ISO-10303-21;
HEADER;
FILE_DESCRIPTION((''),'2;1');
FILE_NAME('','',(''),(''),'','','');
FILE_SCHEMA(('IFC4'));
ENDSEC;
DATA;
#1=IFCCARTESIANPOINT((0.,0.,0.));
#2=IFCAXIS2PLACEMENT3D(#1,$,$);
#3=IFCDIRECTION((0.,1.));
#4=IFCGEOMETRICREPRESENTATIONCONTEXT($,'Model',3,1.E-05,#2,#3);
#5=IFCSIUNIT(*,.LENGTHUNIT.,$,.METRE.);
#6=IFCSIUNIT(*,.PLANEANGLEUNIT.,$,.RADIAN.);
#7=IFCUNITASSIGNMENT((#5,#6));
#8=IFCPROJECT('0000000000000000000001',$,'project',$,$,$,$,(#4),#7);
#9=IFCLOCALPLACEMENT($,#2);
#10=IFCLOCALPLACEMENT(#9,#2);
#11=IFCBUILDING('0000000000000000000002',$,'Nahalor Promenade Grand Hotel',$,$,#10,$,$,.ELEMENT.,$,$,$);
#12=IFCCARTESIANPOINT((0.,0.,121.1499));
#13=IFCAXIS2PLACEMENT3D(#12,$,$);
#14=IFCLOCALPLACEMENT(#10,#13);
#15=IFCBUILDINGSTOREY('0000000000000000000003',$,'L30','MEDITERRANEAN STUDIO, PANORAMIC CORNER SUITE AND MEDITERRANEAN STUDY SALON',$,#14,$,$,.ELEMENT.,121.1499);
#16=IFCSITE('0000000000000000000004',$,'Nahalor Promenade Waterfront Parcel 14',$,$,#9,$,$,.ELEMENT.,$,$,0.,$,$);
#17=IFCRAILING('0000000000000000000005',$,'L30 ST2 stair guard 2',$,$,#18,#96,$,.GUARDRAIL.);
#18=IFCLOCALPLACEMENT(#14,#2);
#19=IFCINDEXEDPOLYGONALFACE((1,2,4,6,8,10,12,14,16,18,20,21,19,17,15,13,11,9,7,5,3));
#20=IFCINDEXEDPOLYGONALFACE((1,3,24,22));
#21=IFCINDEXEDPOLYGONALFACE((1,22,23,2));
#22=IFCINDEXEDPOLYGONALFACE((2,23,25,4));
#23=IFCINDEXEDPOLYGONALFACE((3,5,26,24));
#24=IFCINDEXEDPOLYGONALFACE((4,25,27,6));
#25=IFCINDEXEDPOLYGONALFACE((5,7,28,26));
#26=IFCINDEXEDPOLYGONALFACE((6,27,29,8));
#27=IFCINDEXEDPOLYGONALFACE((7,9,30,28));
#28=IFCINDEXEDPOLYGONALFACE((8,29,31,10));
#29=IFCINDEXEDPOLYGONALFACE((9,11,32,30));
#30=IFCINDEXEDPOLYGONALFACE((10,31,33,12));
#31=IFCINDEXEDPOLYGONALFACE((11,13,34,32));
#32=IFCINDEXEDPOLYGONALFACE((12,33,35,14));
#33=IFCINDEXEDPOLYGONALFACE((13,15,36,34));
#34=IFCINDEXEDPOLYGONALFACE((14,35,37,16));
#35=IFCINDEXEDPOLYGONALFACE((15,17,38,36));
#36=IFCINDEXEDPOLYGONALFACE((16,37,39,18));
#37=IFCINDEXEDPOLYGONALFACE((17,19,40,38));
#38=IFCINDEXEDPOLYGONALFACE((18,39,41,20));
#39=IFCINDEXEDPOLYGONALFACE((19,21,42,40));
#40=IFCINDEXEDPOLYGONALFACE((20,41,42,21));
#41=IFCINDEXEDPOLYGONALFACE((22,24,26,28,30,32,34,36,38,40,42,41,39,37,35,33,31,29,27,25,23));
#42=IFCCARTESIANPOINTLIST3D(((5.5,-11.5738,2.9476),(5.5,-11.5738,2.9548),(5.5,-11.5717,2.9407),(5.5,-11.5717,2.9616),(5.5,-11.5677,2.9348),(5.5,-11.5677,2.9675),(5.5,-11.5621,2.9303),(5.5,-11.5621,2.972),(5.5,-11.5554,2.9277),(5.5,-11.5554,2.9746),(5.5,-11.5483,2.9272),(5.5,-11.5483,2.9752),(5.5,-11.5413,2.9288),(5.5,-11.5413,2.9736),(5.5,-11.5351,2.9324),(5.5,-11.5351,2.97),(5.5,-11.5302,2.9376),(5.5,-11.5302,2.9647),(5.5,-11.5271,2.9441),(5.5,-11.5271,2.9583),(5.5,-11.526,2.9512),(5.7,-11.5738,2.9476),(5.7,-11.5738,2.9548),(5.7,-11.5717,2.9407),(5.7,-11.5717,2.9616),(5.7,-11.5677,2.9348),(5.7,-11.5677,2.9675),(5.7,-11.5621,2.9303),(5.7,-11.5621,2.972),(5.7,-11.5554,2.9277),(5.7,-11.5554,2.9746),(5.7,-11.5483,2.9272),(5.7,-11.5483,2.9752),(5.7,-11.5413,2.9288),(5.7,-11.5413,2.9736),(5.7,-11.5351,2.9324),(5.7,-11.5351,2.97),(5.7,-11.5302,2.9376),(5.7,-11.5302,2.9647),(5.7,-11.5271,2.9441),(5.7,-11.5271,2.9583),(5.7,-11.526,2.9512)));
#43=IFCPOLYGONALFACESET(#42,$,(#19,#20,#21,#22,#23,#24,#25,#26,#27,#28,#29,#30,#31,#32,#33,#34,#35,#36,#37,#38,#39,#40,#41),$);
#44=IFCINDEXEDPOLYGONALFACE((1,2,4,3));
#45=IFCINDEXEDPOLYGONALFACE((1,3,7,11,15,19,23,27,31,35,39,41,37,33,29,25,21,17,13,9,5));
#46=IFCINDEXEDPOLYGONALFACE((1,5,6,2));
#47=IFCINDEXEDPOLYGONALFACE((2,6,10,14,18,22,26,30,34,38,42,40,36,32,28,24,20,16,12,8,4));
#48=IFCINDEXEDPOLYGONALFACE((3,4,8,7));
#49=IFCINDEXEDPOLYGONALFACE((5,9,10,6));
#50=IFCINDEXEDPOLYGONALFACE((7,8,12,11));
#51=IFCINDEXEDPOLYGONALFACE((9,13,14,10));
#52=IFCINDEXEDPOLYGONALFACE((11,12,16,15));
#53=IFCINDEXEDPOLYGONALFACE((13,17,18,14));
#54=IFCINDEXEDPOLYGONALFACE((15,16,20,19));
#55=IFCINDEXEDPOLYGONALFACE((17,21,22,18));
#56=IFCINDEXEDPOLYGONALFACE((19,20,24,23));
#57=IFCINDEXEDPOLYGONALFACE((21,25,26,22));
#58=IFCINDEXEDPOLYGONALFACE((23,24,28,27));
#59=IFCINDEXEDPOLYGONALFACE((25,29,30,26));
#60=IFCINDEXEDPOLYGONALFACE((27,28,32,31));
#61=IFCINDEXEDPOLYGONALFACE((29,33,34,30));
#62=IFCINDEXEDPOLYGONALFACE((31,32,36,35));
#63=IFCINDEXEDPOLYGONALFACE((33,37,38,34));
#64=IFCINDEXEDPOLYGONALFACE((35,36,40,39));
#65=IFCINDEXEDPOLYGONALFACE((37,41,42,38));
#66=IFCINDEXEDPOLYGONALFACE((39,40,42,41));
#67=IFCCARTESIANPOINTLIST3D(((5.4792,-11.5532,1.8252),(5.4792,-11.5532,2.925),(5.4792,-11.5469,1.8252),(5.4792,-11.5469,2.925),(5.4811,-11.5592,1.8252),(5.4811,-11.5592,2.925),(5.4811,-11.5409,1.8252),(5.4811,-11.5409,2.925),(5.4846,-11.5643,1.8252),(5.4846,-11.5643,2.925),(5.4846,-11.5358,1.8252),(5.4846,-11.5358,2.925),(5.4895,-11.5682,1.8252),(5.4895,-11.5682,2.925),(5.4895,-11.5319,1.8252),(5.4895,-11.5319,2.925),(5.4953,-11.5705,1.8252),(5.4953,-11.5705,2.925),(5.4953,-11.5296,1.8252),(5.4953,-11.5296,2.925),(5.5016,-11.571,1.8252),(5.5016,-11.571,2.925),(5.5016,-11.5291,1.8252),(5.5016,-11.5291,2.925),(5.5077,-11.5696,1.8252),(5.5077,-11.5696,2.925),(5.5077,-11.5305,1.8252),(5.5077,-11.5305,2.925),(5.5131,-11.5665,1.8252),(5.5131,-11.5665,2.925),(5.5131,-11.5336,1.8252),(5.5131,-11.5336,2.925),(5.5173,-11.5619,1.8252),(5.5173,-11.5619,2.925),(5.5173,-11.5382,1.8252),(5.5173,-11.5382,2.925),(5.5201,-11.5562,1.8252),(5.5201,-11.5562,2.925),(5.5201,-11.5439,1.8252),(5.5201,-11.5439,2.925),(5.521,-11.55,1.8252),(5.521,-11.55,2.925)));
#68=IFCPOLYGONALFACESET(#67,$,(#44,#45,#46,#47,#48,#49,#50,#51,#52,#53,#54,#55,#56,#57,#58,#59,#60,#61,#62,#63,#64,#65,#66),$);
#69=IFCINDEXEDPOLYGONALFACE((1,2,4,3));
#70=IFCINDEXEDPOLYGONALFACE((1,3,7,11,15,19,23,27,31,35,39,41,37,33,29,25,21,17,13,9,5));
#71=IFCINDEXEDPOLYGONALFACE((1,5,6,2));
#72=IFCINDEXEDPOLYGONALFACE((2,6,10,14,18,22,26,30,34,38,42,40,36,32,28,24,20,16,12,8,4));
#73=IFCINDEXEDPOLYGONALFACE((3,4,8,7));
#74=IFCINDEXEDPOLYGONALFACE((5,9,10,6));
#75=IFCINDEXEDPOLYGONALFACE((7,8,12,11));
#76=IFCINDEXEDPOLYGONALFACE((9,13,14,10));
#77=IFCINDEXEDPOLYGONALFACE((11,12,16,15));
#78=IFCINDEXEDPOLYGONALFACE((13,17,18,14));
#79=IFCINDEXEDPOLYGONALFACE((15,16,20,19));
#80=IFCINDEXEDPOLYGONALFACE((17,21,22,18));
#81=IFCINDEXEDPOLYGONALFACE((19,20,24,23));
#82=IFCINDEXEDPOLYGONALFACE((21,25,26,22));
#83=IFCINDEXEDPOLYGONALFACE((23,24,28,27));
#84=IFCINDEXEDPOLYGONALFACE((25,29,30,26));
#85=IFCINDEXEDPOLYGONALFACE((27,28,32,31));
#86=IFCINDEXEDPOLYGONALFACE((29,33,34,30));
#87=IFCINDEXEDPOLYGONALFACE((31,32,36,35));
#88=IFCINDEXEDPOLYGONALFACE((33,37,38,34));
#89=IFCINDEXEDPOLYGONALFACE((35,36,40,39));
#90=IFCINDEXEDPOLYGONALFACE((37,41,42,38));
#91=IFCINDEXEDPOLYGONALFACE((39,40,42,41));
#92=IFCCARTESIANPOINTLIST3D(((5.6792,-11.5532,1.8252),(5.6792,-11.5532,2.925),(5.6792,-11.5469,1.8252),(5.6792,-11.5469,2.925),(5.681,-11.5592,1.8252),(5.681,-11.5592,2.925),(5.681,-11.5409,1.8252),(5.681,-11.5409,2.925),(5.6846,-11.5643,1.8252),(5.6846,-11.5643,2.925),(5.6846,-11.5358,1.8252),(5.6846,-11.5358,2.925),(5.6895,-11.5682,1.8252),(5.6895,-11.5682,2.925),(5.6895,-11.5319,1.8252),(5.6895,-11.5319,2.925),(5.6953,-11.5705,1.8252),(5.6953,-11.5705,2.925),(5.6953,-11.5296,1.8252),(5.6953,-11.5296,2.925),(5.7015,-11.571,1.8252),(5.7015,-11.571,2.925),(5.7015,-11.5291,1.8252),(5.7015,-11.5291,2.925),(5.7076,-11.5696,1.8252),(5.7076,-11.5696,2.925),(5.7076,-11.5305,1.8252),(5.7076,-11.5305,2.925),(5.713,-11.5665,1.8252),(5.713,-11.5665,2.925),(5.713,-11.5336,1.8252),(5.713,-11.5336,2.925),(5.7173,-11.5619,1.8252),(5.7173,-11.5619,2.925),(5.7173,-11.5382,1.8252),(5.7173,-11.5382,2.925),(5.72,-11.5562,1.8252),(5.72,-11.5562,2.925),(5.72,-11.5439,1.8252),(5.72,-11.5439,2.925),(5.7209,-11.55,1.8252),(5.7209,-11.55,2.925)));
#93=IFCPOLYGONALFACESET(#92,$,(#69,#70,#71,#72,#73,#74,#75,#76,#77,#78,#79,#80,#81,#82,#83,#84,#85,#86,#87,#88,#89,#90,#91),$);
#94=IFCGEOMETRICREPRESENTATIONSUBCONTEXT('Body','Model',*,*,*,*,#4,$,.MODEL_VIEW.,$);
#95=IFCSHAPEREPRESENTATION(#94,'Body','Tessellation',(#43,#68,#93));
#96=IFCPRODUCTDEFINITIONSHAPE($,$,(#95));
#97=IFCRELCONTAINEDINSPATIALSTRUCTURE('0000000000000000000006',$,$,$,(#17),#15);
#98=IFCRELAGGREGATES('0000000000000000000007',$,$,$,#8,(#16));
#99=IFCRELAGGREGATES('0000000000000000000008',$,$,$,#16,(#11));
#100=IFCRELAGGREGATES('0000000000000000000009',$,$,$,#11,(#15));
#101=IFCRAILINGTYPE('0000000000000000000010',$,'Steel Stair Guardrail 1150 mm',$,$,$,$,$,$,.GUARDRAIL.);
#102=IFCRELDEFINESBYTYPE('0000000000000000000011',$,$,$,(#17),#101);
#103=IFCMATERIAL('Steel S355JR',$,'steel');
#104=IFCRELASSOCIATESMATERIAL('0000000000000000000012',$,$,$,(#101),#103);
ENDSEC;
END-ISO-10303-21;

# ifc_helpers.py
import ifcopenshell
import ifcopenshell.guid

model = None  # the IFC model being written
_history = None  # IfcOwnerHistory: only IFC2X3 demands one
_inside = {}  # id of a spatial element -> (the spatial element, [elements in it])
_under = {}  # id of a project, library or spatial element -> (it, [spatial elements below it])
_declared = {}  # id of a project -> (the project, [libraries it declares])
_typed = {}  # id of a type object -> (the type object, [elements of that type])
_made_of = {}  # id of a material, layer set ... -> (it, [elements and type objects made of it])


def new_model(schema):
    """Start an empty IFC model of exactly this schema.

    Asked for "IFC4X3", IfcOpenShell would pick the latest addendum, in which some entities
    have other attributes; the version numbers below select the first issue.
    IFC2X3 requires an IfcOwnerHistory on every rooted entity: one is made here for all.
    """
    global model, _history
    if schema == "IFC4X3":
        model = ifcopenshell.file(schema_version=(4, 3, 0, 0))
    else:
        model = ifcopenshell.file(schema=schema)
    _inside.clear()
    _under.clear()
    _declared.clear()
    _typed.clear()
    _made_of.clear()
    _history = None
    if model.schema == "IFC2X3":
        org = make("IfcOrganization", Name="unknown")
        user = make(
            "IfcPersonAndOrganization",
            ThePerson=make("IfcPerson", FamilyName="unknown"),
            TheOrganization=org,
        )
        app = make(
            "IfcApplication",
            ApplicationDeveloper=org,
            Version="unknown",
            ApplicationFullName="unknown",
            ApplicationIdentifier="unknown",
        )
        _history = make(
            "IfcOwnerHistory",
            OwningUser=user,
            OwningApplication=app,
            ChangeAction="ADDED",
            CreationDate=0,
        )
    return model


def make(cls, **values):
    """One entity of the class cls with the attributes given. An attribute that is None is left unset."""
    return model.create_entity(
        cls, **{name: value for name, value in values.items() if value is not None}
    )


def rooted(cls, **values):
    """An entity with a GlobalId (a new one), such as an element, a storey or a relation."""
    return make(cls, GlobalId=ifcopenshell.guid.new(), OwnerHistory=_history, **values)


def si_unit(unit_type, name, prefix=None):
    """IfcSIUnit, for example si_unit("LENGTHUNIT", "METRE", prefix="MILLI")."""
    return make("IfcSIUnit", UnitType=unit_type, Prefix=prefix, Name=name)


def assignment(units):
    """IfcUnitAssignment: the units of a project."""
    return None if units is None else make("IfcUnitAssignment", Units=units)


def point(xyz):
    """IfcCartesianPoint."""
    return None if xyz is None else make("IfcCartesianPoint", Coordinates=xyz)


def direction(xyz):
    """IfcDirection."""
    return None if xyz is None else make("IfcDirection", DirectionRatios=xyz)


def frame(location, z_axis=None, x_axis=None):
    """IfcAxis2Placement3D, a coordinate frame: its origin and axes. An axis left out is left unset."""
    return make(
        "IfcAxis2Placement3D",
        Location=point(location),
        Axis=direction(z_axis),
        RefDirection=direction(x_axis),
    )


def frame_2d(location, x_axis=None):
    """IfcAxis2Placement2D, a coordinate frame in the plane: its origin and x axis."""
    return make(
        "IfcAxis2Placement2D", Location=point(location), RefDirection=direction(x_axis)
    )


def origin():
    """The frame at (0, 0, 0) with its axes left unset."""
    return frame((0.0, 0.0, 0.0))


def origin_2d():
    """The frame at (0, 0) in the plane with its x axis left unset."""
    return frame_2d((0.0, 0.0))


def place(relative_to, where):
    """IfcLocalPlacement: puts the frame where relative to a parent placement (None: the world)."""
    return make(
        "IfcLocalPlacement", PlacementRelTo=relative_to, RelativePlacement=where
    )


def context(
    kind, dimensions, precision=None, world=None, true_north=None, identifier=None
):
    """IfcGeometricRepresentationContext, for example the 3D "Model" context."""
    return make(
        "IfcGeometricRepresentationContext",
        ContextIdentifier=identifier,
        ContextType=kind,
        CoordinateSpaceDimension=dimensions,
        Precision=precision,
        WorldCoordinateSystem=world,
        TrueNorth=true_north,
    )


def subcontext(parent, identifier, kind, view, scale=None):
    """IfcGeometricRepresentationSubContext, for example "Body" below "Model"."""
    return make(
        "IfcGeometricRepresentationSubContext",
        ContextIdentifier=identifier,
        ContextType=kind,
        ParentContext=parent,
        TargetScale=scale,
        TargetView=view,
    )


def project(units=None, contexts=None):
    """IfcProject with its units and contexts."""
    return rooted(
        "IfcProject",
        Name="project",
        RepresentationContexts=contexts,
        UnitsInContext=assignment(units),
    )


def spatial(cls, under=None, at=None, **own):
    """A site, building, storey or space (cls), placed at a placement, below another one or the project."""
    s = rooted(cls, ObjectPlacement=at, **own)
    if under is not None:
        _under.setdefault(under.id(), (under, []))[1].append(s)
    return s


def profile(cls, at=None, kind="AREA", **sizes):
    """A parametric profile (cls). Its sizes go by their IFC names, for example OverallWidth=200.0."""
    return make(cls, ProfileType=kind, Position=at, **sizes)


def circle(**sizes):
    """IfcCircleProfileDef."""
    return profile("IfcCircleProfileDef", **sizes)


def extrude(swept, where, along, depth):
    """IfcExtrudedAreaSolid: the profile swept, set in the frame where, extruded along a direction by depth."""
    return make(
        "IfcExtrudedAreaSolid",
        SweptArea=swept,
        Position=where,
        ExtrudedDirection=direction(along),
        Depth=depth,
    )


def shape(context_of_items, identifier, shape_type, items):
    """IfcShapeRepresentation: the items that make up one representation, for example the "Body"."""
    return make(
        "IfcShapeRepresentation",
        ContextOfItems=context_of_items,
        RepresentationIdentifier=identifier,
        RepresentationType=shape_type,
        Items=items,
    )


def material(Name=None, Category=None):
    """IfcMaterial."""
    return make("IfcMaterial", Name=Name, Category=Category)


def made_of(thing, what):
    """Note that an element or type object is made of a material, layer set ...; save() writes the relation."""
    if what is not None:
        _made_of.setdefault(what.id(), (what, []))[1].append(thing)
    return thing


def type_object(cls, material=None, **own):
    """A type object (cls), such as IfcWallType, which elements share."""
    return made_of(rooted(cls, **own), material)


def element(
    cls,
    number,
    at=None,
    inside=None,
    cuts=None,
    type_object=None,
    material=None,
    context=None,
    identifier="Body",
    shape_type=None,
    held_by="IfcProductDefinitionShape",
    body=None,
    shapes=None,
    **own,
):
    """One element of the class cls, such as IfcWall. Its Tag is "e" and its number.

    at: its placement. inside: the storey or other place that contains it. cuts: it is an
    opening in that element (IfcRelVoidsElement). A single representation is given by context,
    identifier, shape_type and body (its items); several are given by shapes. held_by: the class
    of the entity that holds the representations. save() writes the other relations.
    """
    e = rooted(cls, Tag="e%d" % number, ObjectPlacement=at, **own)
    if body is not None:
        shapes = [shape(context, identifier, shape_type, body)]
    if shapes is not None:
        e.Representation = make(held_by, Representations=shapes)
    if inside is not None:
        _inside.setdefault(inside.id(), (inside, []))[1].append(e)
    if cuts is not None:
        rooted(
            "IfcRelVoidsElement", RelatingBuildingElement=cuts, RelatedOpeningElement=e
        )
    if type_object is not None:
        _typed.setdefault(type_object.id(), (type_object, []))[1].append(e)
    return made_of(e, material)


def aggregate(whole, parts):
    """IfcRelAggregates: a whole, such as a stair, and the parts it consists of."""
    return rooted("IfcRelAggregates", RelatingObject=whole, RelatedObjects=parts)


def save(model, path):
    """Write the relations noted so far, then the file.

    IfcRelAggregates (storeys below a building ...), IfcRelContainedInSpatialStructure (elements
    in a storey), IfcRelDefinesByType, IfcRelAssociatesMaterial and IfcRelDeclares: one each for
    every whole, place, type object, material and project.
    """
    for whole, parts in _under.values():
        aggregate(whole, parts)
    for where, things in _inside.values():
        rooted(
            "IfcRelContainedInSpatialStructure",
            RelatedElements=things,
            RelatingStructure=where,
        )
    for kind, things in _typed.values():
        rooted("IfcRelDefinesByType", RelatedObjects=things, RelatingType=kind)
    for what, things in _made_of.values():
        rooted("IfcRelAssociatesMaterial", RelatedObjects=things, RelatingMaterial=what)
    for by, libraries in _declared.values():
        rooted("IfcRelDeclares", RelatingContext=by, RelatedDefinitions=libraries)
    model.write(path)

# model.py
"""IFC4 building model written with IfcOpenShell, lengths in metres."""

from ifc_helpers import new_model, si_unit, direction, frame, origin, origin_2d, place, context, subcontext, project, spatial, circle, extrude, material, type_object, element, save


model = new_model("IFC4")

# Units and contexts
model_context = context("Model", 3, precision=1e-05, world=origin(), true_north=direction((0.0, 1.0)))
body_context = subcontext(model_context, "Body", "Model", "MODEL_VIEW")
ifc_project = project(units=[si_unit("LENGTHUNIT", "METRE"), si_unit("PLANEANGLEUNIT", "RADIAN")], contexts=[model_context])

# Site, building, storey
site_placement = place(None, origin())
site = spatial("IfcSite", under=ifc_project, at=site_placement, Name="Nahalor Promenade Waterfront Parcel 14", CompositionType="ELEMENT", RefElevation=0.0)
building_placement = place(site_placement, origin())
building = spatial("IfcBuilding", under=site, at=building_placement, Name="Nahalor Promenade Grand Hotel", CompositionType="ELEMENT")
storey_placement = place(building_placement, frame((0.0, 0.0, 121.1499)))
storey = spatial("IfcBuildingStorey", under=building, at=storey_placement, Name="L30", Description="MEDITERRANEAN STUDIO, PANORAMIC CORNER SUITE AND MEDITERRANEAN STUDY SALON", CompositionType="ELEMENT", Elevation=121.1499)

# Shared definitions
ifc_material_1 = material(Name="Steel S355JR", Category="steel")

# Railing
railing_type_1 = type_object("IfcRailingType", Name="Steel Stair Guardrail 1150 mm", PredefinedType="GUARDRAIL", material=ifc_material_1)
railing_1_placement = place(storey_placement, frame((5.5, -11.55, 1.8252)))
element("IfcRailing", 1, at=railing_1_placement, inside=storey, type_object=railing_type_1, Name="L30 ST2 stair guard 2", PredefinedType="GUARDRAIL", context=body_context, shape_type="SweptSolid", body=[
    extrude(circle(Radius=0.024, at=origin_2d()), frame((0.0, 0.0, 1.126), z_axis=(1.0, 0.0, 0.0), x_axis=(0.0, 1.0, 0.0)), (0.0, 0.0, 1.0), 0.2),
    extrude(circle(Radius=0.021, at=origin_2d()), origin(), (0.0, 0.0, 1.0), 1.0999),
    extrude(circle(Radius=0.021, at=origin_2d()), frame((0.2, 0.0, 0.0)), (0.0, 0.0, 1.0), 1.0999),
])

save(model, "model.ifc")
